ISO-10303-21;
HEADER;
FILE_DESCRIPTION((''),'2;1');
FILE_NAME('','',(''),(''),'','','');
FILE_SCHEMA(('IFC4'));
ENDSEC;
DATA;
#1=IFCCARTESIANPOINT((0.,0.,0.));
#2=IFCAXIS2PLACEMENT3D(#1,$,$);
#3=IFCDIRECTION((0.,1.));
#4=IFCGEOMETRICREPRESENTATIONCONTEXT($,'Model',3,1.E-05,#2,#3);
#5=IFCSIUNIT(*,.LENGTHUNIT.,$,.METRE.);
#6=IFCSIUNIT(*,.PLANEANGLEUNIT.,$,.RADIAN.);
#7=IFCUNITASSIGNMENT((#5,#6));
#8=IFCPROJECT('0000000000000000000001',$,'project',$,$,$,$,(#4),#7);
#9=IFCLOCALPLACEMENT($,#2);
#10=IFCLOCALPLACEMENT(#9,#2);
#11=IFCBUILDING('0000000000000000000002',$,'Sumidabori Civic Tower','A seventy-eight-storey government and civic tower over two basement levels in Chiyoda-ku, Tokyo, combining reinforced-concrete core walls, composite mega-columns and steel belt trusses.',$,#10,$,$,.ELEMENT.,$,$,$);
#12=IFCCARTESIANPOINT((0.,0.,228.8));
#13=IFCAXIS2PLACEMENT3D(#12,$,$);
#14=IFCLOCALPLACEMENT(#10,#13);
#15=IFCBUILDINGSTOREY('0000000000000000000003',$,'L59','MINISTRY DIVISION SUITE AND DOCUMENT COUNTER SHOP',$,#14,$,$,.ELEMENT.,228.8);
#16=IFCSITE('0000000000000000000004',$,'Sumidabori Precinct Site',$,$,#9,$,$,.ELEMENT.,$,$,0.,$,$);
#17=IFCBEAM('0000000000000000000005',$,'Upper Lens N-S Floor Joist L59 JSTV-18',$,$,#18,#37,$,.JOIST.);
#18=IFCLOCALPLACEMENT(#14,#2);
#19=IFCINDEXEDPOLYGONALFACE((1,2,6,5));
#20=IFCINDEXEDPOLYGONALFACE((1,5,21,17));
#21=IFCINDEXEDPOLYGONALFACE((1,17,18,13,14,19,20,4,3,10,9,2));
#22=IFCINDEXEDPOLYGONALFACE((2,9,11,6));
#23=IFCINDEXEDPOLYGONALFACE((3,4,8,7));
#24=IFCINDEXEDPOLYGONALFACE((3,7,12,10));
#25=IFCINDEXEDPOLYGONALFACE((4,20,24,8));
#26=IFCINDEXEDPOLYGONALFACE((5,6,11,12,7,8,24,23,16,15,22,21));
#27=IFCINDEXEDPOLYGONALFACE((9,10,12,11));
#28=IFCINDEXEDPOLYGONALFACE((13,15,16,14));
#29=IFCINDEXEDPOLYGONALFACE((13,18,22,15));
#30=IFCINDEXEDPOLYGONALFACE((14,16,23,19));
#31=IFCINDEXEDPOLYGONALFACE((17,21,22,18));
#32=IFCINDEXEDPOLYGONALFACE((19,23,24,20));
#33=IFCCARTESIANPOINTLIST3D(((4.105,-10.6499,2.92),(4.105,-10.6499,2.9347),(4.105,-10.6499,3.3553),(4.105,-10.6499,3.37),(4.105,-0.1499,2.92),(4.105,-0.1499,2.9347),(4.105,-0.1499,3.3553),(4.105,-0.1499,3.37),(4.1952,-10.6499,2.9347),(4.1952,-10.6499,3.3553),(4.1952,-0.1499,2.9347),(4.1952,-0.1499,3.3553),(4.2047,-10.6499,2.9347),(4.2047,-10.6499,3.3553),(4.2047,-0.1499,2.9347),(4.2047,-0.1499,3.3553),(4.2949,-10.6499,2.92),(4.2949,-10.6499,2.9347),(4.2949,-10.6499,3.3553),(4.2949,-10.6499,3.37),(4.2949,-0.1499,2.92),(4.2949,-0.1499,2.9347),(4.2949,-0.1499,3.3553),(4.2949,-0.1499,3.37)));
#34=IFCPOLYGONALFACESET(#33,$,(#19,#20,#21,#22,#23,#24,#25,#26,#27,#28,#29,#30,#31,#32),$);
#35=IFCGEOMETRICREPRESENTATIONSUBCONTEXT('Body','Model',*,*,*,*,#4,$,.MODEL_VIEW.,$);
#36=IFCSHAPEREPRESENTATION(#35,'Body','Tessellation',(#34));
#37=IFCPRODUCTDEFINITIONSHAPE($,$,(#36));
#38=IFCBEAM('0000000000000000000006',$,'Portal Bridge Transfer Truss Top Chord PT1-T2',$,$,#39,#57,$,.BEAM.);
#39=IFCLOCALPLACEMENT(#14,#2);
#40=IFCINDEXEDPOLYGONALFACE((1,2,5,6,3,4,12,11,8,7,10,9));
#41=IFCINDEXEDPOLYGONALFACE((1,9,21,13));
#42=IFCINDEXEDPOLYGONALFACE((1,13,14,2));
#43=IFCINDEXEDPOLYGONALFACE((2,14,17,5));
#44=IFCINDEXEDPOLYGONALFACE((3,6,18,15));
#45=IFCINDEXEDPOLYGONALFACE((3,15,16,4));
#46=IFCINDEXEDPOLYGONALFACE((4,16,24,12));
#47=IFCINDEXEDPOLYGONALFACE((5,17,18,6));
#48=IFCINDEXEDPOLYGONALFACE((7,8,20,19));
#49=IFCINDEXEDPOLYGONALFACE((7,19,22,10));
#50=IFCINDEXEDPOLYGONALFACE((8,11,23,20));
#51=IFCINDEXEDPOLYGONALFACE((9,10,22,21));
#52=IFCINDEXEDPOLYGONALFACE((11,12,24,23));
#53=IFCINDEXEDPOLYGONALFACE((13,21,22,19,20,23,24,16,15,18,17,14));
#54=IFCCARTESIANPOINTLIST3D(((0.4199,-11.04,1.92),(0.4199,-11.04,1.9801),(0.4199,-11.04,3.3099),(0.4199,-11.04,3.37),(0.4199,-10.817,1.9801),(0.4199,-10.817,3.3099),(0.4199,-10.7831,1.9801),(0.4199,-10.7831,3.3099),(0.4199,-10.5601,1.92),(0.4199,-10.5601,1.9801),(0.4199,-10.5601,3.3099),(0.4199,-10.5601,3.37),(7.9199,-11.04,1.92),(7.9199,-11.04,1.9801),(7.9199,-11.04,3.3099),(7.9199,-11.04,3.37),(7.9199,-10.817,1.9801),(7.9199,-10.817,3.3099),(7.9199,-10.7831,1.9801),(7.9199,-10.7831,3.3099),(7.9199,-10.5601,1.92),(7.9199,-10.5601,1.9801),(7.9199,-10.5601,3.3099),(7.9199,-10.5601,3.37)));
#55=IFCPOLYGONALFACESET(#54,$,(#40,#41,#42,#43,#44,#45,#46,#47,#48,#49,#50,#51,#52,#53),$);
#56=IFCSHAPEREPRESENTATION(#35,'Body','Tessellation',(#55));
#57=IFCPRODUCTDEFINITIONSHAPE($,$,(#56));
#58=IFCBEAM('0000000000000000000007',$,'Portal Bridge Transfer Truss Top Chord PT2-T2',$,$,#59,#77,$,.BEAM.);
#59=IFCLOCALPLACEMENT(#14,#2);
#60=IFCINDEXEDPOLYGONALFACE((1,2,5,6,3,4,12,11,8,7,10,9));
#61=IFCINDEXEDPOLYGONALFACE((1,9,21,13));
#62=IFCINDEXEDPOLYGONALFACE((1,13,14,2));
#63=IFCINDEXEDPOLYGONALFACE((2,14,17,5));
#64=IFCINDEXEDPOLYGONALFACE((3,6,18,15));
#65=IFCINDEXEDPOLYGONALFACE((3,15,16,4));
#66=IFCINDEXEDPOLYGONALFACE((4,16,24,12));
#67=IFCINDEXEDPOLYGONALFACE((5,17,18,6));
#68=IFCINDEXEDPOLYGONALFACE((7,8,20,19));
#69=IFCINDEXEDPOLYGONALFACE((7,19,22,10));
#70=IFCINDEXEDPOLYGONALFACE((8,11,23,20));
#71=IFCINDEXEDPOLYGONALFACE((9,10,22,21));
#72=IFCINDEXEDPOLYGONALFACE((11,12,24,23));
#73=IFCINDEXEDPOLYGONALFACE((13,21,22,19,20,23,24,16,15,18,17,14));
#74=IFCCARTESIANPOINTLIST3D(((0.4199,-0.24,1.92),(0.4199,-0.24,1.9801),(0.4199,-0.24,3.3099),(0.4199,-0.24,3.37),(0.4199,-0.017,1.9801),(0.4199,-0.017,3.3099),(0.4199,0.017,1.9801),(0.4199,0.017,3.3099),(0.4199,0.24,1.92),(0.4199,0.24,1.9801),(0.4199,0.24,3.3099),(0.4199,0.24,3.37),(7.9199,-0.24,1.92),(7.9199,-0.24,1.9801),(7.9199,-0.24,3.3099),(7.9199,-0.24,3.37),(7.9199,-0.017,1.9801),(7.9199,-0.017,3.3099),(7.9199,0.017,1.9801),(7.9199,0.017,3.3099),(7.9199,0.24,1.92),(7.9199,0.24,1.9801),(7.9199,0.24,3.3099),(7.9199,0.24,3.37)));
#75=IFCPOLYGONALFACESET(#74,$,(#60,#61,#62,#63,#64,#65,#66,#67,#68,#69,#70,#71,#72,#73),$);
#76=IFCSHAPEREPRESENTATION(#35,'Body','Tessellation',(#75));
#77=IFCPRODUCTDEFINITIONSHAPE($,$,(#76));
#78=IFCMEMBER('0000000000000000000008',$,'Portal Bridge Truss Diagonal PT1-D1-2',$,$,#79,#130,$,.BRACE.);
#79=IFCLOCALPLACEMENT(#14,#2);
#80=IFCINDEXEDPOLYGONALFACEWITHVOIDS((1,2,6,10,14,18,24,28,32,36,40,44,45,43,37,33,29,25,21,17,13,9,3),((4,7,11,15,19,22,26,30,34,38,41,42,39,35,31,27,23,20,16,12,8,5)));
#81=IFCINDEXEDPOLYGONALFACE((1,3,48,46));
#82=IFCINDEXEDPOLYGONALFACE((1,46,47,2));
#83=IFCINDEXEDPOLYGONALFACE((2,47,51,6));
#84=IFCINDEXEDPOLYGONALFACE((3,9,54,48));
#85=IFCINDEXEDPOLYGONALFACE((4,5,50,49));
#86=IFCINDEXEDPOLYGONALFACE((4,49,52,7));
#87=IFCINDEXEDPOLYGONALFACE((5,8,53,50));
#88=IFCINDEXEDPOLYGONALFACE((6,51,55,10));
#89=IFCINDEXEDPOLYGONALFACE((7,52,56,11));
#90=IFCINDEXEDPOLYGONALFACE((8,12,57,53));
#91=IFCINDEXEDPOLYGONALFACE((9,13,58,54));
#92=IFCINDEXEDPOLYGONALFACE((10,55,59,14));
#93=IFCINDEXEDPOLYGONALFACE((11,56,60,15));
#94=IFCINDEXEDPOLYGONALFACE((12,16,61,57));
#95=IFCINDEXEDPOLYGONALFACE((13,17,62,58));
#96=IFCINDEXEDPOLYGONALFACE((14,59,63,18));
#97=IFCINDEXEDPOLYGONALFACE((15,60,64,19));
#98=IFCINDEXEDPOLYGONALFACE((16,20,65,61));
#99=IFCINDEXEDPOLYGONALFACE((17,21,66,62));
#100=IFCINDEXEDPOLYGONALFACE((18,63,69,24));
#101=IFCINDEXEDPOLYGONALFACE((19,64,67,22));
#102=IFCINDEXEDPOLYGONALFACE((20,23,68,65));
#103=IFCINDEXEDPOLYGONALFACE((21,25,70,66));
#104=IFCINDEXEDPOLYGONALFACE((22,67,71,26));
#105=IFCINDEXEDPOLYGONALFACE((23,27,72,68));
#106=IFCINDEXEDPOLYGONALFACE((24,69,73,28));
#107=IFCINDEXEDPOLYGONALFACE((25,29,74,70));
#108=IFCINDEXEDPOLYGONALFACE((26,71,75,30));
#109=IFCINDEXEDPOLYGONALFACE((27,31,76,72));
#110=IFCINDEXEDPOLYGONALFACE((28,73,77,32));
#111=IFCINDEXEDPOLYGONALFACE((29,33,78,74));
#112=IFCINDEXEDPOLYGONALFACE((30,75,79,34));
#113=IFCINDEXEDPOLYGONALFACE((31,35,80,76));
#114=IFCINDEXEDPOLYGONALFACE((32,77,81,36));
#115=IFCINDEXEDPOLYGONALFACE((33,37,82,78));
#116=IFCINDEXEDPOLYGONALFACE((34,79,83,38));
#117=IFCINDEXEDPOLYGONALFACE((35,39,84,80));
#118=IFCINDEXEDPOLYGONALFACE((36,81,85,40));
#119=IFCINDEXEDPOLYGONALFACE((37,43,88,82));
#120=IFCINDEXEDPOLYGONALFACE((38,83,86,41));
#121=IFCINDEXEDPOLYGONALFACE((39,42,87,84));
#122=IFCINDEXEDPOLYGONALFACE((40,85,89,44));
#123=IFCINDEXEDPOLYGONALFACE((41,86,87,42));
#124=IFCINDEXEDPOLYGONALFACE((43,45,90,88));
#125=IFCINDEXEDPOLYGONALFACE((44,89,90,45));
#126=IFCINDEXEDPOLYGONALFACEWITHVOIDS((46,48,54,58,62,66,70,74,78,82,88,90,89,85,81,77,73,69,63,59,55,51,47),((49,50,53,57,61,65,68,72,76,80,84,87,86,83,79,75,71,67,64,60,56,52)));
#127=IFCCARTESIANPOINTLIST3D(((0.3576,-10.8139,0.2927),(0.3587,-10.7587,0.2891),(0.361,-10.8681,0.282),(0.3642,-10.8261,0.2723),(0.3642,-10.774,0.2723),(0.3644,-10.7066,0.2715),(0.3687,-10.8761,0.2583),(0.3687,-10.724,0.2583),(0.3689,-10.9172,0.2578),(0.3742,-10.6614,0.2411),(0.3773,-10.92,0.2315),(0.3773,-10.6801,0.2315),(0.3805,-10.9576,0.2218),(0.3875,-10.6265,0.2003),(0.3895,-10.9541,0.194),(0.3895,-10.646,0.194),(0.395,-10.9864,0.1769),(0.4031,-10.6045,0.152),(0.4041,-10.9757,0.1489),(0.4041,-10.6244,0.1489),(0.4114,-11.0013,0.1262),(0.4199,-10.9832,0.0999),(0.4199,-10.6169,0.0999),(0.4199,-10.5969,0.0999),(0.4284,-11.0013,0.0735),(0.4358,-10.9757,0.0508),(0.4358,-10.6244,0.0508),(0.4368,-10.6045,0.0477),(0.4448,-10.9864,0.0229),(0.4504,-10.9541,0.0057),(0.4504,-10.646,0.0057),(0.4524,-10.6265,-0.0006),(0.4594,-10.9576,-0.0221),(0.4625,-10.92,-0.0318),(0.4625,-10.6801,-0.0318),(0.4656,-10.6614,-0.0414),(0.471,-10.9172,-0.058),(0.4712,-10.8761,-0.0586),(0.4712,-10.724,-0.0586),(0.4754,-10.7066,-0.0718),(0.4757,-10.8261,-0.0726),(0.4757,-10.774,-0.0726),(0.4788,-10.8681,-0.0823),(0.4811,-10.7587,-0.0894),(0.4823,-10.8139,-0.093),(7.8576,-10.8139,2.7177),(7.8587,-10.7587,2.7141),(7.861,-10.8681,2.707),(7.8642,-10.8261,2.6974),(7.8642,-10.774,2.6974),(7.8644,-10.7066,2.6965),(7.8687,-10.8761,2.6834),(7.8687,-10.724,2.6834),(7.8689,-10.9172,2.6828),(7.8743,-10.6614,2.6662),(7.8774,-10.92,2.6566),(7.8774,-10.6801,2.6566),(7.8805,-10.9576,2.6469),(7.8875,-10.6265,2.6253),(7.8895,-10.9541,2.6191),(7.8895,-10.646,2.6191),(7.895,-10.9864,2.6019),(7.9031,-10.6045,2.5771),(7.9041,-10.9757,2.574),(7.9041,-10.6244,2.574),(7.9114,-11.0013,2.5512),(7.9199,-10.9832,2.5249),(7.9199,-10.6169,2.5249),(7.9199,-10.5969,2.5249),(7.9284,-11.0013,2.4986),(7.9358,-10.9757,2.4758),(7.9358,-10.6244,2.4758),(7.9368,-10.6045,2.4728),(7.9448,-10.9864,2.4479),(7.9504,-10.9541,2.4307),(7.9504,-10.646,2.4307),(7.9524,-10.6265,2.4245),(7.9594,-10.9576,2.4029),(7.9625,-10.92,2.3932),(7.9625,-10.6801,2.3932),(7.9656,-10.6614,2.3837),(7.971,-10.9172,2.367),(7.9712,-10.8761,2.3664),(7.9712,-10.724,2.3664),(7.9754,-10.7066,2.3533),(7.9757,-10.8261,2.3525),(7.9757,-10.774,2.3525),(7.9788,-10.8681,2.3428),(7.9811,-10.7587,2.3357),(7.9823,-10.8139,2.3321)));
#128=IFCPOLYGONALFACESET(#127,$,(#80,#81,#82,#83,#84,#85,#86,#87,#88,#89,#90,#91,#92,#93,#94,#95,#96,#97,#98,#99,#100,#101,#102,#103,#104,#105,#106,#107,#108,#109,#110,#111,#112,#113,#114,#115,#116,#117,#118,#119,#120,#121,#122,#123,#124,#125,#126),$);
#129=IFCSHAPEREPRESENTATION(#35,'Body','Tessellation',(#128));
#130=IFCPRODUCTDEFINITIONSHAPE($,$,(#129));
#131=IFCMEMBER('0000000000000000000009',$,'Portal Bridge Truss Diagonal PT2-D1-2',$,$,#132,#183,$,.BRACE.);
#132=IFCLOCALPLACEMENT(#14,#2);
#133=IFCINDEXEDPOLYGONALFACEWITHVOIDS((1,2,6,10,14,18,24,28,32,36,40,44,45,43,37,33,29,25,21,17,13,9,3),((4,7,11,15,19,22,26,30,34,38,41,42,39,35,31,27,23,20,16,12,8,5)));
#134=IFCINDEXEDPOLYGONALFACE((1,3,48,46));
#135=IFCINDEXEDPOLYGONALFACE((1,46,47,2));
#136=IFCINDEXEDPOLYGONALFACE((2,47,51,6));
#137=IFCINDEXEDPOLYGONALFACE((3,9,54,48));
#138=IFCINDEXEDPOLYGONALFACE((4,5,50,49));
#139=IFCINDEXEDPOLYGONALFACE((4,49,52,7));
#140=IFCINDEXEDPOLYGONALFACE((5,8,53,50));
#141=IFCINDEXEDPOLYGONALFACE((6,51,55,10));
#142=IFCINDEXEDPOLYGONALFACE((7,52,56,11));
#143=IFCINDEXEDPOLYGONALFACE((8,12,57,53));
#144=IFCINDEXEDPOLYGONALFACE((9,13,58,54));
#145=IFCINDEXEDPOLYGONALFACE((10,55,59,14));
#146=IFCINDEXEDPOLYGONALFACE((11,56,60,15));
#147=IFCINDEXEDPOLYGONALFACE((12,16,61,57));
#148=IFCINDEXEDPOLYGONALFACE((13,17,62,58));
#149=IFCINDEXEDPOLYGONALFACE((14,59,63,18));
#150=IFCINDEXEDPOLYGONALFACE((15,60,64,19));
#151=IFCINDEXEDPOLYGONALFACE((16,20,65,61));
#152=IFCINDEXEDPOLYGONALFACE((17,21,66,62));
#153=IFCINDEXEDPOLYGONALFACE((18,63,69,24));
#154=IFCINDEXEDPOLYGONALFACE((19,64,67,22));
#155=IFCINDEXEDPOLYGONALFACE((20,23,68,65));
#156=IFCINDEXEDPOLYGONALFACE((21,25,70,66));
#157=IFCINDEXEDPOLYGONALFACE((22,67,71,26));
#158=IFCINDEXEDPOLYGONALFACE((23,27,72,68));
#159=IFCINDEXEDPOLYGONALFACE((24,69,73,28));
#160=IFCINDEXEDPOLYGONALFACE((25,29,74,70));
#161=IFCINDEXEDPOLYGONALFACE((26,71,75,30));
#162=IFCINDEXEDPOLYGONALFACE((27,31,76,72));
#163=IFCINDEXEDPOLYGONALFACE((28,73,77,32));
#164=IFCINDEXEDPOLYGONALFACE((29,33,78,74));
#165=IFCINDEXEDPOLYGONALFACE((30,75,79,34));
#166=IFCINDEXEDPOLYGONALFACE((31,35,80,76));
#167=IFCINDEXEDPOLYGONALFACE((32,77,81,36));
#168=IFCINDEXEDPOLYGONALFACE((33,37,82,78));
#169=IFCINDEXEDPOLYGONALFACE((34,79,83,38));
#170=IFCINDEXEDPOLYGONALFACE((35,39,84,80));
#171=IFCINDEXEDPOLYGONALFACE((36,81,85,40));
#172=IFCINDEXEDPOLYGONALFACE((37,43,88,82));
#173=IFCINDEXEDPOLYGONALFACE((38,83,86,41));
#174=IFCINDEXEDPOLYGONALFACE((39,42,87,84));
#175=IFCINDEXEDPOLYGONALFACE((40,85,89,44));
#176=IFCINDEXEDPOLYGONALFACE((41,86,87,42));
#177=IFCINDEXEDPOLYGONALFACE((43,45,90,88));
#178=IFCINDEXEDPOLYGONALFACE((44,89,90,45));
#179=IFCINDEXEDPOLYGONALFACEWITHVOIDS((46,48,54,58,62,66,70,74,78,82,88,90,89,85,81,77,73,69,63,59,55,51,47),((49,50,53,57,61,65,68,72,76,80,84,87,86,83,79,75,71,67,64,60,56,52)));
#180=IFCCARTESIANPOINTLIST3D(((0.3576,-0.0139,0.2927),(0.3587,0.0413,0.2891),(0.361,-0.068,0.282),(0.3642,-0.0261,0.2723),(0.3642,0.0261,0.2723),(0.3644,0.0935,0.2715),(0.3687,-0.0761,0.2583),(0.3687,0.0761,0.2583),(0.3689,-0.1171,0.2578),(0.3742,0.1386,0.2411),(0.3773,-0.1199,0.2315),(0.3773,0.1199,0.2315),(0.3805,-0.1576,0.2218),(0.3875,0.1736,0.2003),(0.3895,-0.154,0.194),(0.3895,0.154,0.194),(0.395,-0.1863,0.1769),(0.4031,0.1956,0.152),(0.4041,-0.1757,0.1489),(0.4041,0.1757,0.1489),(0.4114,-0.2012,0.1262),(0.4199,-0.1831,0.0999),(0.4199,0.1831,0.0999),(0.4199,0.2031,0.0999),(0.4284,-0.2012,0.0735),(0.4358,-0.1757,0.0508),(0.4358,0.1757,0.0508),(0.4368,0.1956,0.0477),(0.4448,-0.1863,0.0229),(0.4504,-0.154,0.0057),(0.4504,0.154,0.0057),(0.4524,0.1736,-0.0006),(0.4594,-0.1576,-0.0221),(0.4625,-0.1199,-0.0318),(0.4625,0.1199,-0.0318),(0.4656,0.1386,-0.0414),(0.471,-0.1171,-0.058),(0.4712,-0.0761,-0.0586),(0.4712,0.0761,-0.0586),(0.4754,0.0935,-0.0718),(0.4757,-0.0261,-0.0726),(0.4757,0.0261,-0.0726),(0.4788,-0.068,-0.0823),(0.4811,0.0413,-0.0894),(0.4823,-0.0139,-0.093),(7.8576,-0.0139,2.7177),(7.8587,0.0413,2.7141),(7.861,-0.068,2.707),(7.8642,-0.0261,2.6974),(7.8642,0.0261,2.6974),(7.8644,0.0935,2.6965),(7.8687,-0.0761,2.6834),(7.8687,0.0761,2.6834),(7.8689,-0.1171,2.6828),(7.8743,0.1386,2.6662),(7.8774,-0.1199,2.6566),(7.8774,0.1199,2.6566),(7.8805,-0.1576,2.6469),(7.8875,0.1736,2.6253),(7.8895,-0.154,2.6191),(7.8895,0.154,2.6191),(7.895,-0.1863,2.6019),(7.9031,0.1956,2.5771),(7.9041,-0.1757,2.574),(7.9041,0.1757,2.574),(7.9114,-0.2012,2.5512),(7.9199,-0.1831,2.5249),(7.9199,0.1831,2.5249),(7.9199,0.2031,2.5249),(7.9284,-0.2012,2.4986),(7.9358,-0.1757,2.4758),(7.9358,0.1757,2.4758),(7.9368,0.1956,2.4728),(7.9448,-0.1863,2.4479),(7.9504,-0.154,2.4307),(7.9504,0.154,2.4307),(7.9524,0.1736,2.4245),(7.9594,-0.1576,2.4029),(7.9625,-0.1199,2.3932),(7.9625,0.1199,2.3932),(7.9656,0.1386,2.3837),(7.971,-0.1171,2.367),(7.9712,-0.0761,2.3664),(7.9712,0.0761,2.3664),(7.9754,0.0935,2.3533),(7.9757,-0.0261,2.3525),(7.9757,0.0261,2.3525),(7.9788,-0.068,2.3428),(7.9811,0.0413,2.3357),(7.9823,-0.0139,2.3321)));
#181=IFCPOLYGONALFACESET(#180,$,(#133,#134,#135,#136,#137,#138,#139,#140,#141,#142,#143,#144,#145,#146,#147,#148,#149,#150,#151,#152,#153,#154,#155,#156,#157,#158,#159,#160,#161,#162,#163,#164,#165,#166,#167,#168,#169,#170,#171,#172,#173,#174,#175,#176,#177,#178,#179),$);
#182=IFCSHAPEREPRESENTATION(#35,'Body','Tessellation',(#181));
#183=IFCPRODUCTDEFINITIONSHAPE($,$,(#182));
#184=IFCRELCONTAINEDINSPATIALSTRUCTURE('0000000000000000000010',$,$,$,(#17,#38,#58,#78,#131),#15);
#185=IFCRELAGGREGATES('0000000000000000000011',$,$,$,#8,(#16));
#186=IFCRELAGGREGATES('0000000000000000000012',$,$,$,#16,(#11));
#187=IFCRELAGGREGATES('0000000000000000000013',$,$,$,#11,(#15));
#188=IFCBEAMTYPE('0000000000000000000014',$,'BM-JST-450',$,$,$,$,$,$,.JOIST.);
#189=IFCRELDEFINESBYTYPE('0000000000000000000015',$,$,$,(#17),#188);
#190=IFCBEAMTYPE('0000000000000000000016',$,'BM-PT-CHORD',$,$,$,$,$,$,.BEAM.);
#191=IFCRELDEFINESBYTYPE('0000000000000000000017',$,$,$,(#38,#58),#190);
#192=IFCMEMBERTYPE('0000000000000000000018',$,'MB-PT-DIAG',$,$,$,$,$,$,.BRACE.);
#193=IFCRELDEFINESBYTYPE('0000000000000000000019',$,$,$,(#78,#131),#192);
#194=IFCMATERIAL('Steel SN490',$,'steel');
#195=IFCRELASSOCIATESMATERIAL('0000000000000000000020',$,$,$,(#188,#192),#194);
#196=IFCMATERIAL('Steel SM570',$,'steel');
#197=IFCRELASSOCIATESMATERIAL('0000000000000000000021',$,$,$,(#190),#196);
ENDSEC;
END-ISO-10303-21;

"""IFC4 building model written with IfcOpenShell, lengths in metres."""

from ifc_helpers import new_model, si_unit, direction, frame, origin, origin_2d, place, context, subcontext, project, spatial, hollow_circle, i_section, extrude, source, transform, mapped, material, material_profile, profile_set, type_object, element, save


model = new_model("IFC4")

# Units and contexts
model_context = context("Model", 3, precision=1e-05, world=origin(), true_north=direction((0.0, 1.0)))
body_context = subcontext(model_context, "Body", "Model", "MODEL_VIEW")
ifc_project = project(units=[si_unit("LENGTHUNIT", "METRE"), si_unit("PLANEANGLEUNIT", "RADIAN")], contexts=[model_context])

# Site, building, storey
site_placement = place(None, origin())
site = spatial("IfcSite", under=ifc_project, at=site_placement, Name="Sumidabori Precinct Site", CompositionType="ELEMENT", RefElevation=0.0)
building_placement = place(site_placement, origin())
building = spatial("IfcBuilding", under=site, at=building_placement, Name="Sumidabori Civic Tower", Description="A seventy-eight-storey government and civic tower over two basement levels in Chiyoda-ku, Tokyo, combining reinforced-concrete core walls, composite mega-columns and steel belt trusses.", CompositionType="ELEMENT")
storey_placement = place(building_placement, frame((0.0, 0.0, 228.8)))
storey = spatial("IfcBuildingStorey", under=building, at=storey_placement, Name="L59", Description="MINISTRY DIVISION SUITE AND DOCUMENT COUNTER SHOP", CompositionType="ELEMENT", Elevation=228.8)

# Beams
ifc_material_1 = material(Name="Steel SN490", Category="steel")
ifc_material_profile_1 = material_profile(ifc_material_1, i_section(OverallWidth=0.1899, OverallDepth=0.45, WebThickness=0.0095, FlangeThickness=0.0146, at=origin_2d()), Name="IPE 450")
ifc_profile_set_1 = profile_set([ifc_material_profile_1], Name="Steel SN490")
beam_type_1 = type_object("IfcBeamType", Name="BM-JST-450", PredefinedType="JOIST", material=ifc_profile_set_1)
shared_shape_1 = source(origin(), body_context, "Body", "SweptSolid", [
    extrude(i_section(OverallWidth=0.1899, OverallDepth=0.45, WebThickness=0.0095, FlangeThickness=0.0146, at=origin_2d()), origin(), (0.0, 0.0, 1.0), 10.5),
])
beam_placement = place(storey_placement, frame((4.2, -10.6499, 3.145), z_axis=(0.0, 1.0, 0.0), x_axis=(-1.0, 0.0, 0.0)))
element("IfcBeam", 1, at=beam_placement, inside=storey, type_object=beam_type_1, Name="Upper Lens N-S Floor Joist L59 JSTV-18", PredefinedType="JOIST", context=body_context, shape_type="MappedRepresentation", body=[
    mapped(shared_shape_1, transform((0.0, 0.0, 0.0), x_axis=(1.0, 0.0, 0.0), y_axis=(0.0, 1.0, 0.0), z_axis=(0.0, 0.0, 1.0), scale=1.0)),
])
ifc_material_2 = material(Name="Steel SM570", Category="steel")
ifc_material_profile_2 = material_profile(ifc_material_2, i_section(OverallWidth=0.48, OverallDepth=1.45, WebThickness=0.0339, FlangeThickness=0.0601, at=origin_2d()), Name="WTG 1450x480")
ifc_profile_set_2 = profile_set([ifc_material_profile_2], Name="Steel SM570")
beam_type_2 = type_object("IfcBeamType", Name="BM-PT-CHORD", PredefinedType="BEAM", material=ifc_profile_set_2)
shared_shape_2 = source(origin(), body_context, "Body", "SweptSolid", [
    extrude(i_section(OverallWidth=0.48, OverallDepth=1.45, WebThickness=0.0339, FlangeThickness=0.0601, at=origin_2d()), origin(), (0.0, 0.0, 1.0), 7.5),
])
for number, where, z_axis, x_axis, name in (
    (2, (0.4199, -10.8, 2.645), (1.0, 0.0, 0.0), (0.0, 1.0, 0.0), "Portal Bridge Transfer Truss Top Chord PT1-T2"),
    (3, (0.4199, 0.0, 2.645), (1.0, 0.0, 0.0), (0.0, 1.0, 0.0), "Portal Bridge Transfer Truss Top Chord PT2-T2"),
):
    element("IfcBeam", number, at=place(storey_placement, frame(where, z_axis=z_axis, x_axis=x_axis)), inside=storey, type_object=beam_type_2, Name=name, PredefinedType="BEAM", context=body_context, shape_type="MappedRepresentation", body=[
        mapped(shared_shape_2, transform((0.0, 0.0, 0.0), x_axis=(1.0, 0.0, 0.0), y_axis=(0.0, 1.0, 0.0), z_axis=(0.0, 0.0, 1.0), scale=1.0)),
    ])

# Members
ifc_material_profile_3 = material_profile(ifc_material_1, hollow_circle(Radius=0.2031, WallThickness=0.02, at=origin_2d()), Name="CHS 406.4x20")
ifc_profile_set_3 = profile_set([ifc_material_profile_3], Name="Steel SN490")
member_type = type_object("IfcMemberType", Name="MB-PT-DIAG", PredefinedType="BRACE", material=ifc_profile_set_3)
shared_shape_3 = source(origin(), body_context, "Body", "SweptSolid", [
    extrude(hollow_circle(Radius=0.2031, WallThickness=0.02, at=origin_2d()), origin(), (0.0, 0.0, 1.0), 7.8823),
])
for number, where, z_axis, x_axis, name in (
    (4, (0.4199, -10.8, 0.0999), (0.951497, 0.0, 0.307657), (0.0, 1.0, 0.0), "Portal Bridge Truss Diagonal PT1-D1-2"),
    (5, (0.4199, 0.0, 0.0999), (0.951497, 0.0, 0.307657), (0.0, 1.0, 0.0), "Portal Bridge Truss Diagonal PT2-D1-2"),
):
    element("IfcMember", number, at=place(storey_placement, frame(where, z_axis=z_axis, x_axis=x_axis)), inside=storey, type_object=member_type, Name=name, PredefinedType="BRACE", context=body_context, shape_type="MappedRepresentation", body=[
        mapped(shared_shape_3, transform((0.0, 0.0, 0.0), x_axis=(1.0, 0.0, 0.0), y_axis=(0.0, 1.0, 0.0), z_axis=(0.0, 0.0, 1.0), scale=1.0)),
    ])

save(model, "model.ifc")
